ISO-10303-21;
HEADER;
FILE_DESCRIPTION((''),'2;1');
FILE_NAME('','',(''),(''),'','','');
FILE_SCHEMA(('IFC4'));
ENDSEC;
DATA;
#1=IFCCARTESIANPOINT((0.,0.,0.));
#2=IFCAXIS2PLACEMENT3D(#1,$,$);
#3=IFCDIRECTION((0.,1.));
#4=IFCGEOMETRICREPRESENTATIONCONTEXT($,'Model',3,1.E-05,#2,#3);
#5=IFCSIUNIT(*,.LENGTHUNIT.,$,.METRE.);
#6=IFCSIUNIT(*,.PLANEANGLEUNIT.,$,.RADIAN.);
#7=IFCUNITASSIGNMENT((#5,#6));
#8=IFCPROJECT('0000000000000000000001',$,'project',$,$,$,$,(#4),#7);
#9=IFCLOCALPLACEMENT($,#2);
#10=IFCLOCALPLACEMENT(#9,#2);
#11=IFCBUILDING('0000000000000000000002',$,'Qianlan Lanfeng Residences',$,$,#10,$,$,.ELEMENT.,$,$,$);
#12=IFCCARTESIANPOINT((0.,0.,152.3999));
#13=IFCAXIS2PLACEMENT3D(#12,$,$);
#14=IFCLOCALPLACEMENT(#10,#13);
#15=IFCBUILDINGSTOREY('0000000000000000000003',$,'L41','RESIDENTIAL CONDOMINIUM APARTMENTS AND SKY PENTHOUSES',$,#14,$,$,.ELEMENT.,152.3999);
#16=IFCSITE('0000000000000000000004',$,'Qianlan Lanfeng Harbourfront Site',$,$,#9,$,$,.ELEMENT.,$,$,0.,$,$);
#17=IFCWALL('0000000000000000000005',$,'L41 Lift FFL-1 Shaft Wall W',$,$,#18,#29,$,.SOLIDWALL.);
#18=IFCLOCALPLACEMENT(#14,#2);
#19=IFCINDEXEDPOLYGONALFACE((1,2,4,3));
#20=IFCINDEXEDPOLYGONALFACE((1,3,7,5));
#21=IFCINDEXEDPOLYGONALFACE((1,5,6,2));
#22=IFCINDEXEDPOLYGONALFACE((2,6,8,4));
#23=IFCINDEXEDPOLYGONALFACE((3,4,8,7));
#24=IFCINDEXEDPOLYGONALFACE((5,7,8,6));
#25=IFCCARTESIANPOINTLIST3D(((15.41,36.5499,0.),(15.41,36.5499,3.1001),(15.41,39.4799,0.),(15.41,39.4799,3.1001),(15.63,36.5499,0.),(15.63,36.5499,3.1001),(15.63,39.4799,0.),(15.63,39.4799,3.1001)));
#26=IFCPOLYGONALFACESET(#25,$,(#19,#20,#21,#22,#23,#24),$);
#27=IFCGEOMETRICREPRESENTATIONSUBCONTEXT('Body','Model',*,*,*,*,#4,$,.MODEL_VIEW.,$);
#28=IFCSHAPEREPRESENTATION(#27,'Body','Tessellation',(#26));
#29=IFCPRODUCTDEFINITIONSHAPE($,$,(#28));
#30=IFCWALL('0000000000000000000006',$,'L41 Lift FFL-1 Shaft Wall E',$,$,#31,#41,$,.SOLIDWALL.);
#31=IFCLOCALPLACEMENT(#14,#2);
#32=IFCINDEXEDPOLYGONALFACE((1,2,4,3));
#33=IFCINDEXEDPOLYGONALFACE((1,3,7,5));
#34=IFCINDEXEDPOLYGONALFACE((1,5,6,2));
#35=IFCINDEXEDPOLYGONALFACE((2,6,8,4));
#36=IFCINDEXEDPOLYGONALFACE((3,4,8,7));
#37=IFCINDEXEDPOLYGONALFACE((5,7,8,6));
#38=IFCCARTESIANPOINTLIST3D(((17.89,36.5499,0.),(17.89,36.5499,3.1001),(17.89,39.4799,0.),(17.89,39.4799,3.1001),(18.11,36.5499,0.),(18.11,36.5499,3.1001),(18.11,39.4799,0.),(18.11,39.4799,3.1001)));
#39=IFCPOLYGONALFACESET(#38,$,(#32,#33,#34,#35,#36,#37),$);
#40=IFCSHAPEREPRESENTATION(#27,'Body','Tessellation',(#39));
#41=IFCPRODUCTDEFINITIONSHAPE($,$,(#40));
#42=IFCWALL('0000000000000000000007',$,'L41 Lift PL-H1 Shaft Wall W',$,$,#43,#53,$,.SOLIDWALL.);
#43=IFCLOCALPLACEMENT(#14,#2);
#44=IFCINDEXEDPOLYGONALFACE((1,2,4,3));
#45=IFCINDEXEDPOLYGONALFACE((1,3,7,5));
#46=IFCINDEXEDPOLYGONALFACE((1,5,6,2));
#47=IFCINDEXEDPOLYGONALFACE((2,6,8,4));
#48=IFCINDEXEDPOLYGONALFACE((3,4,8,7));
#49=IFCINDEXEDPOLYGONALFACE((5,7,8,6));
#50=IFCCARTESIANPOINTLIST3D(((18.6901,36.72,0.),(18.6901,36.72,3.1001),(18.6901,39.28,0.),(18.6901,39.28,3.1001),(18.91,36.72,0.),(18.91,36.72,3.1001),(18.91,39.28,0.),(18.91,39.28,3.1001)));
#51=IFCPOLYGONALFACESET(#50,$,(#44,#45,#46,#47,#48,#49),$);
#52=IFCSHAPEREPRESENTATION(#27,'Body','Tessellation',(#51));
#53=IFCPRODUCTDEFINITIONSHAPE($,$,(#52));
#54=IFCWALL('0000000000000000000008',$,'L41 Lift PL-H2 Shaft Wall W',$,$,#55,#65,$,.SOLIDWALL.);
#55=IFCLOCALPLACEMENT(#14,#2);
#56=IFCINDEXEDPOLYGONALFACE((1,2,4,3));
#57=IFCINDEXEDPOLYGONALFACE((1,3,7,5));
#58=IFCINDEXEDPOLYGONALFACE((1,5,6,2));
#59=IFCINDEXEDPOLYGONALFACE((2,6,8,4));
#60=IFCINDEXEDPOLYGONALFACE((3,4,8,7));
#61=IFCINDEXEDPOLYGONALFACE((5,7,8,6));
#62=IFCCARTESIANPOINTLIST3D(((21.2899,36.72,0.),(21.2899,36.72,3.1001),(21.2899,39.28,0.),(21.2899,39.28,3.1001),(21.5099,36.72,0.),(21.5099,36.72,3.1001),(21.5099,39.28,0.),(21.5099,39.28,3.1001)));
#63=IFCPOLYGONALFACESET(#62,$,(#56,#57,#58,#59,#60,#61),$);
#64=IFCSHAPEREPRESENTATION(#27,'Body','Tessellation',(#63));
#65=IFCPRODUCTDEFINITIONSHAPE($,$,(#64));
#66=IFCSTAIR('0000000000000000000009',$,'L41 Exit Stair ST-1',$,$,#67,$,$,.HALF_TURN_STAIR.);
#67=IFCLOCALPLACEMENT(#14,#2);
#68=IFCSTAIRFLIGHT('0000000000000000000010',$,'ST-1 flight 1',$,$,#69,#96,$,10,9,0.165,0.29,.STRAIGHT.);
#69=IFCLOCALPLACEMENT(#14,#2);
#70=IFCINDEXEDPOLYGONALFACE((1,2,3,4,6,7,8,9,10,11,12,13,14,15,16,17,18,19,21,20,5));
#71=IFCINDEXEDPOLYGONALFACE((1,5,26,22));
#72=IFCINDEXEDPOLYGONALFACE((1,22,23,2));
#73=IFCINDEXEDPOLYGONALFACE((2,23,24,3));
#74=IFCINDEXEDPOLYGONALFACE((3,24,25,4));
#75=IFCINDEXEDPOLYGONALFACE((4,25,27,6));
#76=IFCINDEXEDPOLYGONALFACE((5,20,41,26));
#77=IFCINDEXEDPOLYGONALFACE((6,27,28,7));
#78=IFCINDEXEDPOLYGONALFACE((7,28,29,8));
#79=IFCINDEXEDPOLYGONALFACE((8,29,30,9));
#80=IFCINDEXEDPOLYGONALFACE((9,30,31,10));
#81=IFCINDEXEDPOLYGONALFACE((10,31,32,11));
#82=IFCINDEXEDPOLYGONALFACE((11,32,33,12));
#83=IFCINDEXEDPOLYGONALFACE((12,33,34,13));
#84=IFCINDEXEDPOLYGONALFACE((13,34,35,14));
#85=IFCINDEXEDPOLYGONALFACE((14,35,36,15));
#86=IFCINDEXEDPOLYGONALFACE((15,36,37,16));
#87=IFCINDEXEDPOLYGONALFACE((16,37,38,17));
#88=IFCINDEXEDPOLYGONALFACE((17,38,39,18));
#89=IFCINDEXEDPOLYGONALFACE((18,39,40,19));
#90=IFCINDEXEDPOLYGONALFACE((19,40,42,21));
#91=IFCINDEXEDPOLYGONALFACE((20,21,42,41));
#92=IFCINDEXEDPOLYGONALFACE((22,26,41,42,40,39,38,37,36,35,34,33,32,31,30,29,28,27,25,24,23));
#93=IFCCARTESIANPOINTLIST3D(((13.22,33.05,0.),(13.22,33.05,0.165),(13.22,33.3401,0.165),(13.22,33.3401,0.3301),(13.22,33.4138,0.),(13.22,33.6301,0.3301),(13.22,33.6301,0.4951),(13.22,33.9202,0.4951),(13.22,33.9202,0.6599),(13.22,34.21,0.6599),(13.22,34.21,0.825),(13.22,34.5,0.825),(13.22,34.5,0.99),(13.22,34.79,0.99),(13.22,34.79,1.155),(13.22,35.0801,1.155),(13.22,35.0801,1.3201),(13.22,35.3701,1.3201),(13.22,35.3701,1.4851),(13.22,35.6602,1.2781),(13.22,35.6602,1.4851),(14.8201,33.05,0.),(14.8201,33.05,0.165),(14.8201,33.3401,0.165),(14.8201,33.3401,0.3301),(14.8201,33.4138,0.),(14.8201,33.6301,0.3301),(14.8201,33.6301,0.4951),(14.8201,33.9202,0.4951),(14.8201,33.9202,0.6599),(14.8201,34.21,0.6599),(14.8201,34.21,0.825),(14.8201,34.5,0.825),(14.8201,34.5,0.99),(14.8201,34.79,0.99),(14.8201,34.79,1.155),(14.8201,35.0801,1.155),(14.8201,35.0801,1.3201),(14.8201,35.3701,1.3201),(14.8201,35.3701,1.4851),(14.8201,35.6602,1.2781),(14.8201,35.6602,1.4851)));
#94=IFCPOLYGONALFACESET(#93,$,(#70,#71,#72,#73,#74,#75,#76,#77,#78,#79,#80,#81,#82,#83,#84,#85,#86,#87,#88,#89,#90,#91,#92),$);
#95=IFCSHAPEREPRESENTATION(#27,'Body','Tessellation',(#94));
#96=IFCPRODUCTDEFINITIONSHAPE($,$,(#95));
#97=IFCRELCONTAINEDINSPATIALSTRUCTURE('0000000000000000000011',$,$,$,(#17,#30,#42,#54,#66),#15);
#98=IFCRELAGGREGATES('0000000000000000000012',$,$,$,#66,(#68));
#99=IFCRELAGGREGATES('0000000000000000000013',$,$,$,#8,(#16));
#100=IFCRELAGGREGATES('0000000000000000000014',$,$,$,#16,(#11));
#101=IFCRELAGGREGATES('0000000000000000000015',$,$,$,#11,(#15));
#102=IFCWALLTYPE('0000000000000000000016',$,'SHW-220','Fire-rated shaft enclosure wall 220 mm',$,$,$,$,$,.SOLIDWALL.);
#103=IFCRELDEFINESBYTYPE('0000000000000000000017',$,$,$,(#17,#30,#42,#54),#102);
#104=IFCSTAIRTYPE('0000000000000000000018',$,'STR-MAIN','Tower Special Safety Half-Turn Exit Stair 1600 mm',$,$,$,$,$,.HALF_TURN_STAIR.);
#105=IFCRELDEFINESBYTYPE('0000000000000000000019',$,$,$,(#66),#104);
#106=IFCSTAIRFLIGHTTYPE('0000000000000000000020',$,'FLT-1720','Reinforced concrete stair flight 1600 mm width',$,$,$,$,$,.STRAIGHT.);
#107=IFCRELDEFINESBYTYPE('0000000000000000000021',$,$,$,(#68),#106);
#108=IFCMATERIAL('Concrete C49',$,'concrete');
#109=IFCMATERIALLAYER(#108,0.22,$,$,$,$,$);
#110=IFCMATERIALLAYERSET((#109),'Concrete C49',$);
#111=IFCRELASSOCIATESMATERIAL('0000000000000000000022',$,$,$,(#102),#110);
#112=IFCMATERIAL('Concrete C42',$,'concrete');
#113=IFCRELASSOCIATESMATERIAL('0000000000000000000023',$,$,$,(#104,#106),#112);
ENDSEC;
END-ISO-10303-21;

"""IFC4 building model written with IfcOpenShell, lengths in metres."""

from ifc_helpers import new_model, si_unit, direction, frame, frame_2d, origin, place, context, subcontext, project, spatial, polyline, rectangle, outline, extrude, material, layer, layer_set, type_object, element, aggregate, save


model = new_model("IFC4")

# Units and contexts
model_context = context("Model", 3, precision=1e-05, world=origin(), true_north=direction((0.0, 1.0)))
body_context = subcontext(model_context, "Body", "Model", "MODEL_VIEW")
ifc_project = project(units=[si_unit("LENGTHUNIT", "METRE"), si_unit("PLANEANGLEUNIT", "RADIAN")], contexts=[model_context])

# Site, building, storey
site_placement = place(None, origin())
site = spatial("IfcSite", under=ifc_project, at=site_placement, Name="Qianlan Lanfeng Harbourfront Site", CompositionType="ELEMENT", RefElevation=0.0)
building_placement = place(site_placement, origin())
building = spatial("IfcBuilding", under=site, at=building_placement, Name="Qianlan Lanfeng Residences", CompositionType="ELEMENT")
storey_placement = place(building_placement, frame((0.0, 0.0, 152.3999)))
storey = spatial("IfcBuildingStorey", under=building, at=storey_placement, Name="L41", Description="RESIDENTIAL CONDOMINIUM APARTMENTS AND SKY PENTHOUSES", CompositionType="ELEMENT", Elevation=152.3999)

# Walls
ifc_material_1 = material(Name="Concrete C49", Category="concrete")
ifc_layer_1 = layer(ifc_material_1, 0.22)
ifc_layer_set_1 = layer_set([ifc_layer_1], Name="Concrete C49")
wall_type_1 = type_object("IfcWallType", Name="SHW-220", Description="Fire-rated shaft enclosure wall 220 mm", PredefinedType="SOLIDWALL", material=ifc_layer_set_1)
for number, where, z_axis, x_axis, name in (
    (1, (15.52, 36.55, 0.0), (0.0, 0.0, 1.0), (0.0, 1.0, 0.0), "L41 Lift FFL-1 Shaft Wall W"),
    (2, (18.0, 36.55, 0.0), (0.0, 0.0, 1.0), (0.0, 1.0, 0.0), "L41 Lift FFL-1 Shaft Wall E"),
):
    element("IfcWall", number, at=place(storey_placement, frame(where, z_axis=z_axis, x_axis=x_axis)), inside=storey, type_object=wall_type_1, Name=name, PredefinedType="SOLIDWALL", context=body_context, shape_type="SweptSolid", body=[
        extrude(rectangle(XDim=2.9299, YDim=0.22, at=frame_2d((1.4648, 0.0))), origin(), (0.0, 0.0, 1.0), 3.1001),
    ])
for number, where, z_axis, x_axis, name in (
    (3, (18.8, 36.72, 0.0), (0.0, 0.0, 1.0), (0.0, 1.0, 0.0), "L41 Lift PL-H1 Shaft Wall W"),
    (4, (21.3999, 36.72, 0.0), (0.0, 0.0, 1.0), (0.0, 1.0, 0.0), "L41 Lift PL-H2 Shaft Wall W"),
):
    element("IfcWall", number, at=place(storey_placement, frame(where, z_axis=z_axis, x_axis=x_axis)), inside=storey, type_object=wall_type_1, Name=name, PredefinedType="SOLIDWALL", context=body_context, shape_type="SweptSolid", body=[
        extrude(rectangle(XDim=2.5601, YDim=0.22, at=frame_2d((1.28, 0.0))), origin(), (0.0, 0.0, 1.0), 3.1001),
    ])

# Stair, stair flight
ifc_material_2 = material(Name="Concrete C42", Category="concrete")
stair_type = type_object("IfcStairType", Name="STR-MAIN", Description="Tower Special Safety Half-Turn Exit Stair 1600 mm", PredefinedType="HALF_TURN_STAIR", material=ifc_material_2)
stair_placement = place(storey_placement, origin())
stair = element("IfcStair", 5, at=stair_placement, inside=storey, type_object=stair_type, Name="L41 Exit Stair ST-1", PredefinedType="HALF_TURN_STAIR")
stair_flight_type = type_object("IfcStairFlightType", Name="FLT-1720", Description="Reinforced concrete stair flight 1600 mm width", PredefinedType="STRAIGHT", material=ifc_material_2)
stair_flight_placement = place(storey_placement, frame((14.02, 33.05, 0.0), z_axis=(0.0, 0.0, 1.0), x_axis=(0.0, 1.0, 0.0)))
stair_flight = element("IfcStairFlight", 6, at=stair_flight_placement, type_object=stair_flight_type, Name="ST-1 flight 1", NumberOfRisers=10, NumberOfTreads=9, PredefinedType="STRAIGHT", RiserHeight=0.165, TreadLength=0.29, context=body_context, shape_type="SweptSolid", body=[
    extrude(outline(polyline([(0.0, 0.0), (0.0, 0.165), (0.29, 0.165), (0.29, 0.3301), (0.5801, 0.3301), (0.5801, 0.4951), (0.8701, 0.4951), (0.8701, 0.6599), (1.1599, 0.6599), (1.1599, 0.825), (1.45, 0.825), (1.45, 0.99), (1.74, 0.99), (1.74, 1.155), (2.03, 1.155), (2.03, 1.3201), (2.3201, 1.3201), (2.3201, 1.4851), (2.6101, 1.4851), (2.6101, 1.6499), (2.6101, 1.2781), (0.3638, 0.0), (0.0, 0.0)])), frame((0.0, 0.8, 0.0), z_axis=(0.0, -1.0, 0.0), x_axis=(1.0, 0.0, 0.0)), (0.0, 0.0, 1.0), 1.6001),
])
aggregate(stair, [stair_flight])

save(model, "model.ifc")
